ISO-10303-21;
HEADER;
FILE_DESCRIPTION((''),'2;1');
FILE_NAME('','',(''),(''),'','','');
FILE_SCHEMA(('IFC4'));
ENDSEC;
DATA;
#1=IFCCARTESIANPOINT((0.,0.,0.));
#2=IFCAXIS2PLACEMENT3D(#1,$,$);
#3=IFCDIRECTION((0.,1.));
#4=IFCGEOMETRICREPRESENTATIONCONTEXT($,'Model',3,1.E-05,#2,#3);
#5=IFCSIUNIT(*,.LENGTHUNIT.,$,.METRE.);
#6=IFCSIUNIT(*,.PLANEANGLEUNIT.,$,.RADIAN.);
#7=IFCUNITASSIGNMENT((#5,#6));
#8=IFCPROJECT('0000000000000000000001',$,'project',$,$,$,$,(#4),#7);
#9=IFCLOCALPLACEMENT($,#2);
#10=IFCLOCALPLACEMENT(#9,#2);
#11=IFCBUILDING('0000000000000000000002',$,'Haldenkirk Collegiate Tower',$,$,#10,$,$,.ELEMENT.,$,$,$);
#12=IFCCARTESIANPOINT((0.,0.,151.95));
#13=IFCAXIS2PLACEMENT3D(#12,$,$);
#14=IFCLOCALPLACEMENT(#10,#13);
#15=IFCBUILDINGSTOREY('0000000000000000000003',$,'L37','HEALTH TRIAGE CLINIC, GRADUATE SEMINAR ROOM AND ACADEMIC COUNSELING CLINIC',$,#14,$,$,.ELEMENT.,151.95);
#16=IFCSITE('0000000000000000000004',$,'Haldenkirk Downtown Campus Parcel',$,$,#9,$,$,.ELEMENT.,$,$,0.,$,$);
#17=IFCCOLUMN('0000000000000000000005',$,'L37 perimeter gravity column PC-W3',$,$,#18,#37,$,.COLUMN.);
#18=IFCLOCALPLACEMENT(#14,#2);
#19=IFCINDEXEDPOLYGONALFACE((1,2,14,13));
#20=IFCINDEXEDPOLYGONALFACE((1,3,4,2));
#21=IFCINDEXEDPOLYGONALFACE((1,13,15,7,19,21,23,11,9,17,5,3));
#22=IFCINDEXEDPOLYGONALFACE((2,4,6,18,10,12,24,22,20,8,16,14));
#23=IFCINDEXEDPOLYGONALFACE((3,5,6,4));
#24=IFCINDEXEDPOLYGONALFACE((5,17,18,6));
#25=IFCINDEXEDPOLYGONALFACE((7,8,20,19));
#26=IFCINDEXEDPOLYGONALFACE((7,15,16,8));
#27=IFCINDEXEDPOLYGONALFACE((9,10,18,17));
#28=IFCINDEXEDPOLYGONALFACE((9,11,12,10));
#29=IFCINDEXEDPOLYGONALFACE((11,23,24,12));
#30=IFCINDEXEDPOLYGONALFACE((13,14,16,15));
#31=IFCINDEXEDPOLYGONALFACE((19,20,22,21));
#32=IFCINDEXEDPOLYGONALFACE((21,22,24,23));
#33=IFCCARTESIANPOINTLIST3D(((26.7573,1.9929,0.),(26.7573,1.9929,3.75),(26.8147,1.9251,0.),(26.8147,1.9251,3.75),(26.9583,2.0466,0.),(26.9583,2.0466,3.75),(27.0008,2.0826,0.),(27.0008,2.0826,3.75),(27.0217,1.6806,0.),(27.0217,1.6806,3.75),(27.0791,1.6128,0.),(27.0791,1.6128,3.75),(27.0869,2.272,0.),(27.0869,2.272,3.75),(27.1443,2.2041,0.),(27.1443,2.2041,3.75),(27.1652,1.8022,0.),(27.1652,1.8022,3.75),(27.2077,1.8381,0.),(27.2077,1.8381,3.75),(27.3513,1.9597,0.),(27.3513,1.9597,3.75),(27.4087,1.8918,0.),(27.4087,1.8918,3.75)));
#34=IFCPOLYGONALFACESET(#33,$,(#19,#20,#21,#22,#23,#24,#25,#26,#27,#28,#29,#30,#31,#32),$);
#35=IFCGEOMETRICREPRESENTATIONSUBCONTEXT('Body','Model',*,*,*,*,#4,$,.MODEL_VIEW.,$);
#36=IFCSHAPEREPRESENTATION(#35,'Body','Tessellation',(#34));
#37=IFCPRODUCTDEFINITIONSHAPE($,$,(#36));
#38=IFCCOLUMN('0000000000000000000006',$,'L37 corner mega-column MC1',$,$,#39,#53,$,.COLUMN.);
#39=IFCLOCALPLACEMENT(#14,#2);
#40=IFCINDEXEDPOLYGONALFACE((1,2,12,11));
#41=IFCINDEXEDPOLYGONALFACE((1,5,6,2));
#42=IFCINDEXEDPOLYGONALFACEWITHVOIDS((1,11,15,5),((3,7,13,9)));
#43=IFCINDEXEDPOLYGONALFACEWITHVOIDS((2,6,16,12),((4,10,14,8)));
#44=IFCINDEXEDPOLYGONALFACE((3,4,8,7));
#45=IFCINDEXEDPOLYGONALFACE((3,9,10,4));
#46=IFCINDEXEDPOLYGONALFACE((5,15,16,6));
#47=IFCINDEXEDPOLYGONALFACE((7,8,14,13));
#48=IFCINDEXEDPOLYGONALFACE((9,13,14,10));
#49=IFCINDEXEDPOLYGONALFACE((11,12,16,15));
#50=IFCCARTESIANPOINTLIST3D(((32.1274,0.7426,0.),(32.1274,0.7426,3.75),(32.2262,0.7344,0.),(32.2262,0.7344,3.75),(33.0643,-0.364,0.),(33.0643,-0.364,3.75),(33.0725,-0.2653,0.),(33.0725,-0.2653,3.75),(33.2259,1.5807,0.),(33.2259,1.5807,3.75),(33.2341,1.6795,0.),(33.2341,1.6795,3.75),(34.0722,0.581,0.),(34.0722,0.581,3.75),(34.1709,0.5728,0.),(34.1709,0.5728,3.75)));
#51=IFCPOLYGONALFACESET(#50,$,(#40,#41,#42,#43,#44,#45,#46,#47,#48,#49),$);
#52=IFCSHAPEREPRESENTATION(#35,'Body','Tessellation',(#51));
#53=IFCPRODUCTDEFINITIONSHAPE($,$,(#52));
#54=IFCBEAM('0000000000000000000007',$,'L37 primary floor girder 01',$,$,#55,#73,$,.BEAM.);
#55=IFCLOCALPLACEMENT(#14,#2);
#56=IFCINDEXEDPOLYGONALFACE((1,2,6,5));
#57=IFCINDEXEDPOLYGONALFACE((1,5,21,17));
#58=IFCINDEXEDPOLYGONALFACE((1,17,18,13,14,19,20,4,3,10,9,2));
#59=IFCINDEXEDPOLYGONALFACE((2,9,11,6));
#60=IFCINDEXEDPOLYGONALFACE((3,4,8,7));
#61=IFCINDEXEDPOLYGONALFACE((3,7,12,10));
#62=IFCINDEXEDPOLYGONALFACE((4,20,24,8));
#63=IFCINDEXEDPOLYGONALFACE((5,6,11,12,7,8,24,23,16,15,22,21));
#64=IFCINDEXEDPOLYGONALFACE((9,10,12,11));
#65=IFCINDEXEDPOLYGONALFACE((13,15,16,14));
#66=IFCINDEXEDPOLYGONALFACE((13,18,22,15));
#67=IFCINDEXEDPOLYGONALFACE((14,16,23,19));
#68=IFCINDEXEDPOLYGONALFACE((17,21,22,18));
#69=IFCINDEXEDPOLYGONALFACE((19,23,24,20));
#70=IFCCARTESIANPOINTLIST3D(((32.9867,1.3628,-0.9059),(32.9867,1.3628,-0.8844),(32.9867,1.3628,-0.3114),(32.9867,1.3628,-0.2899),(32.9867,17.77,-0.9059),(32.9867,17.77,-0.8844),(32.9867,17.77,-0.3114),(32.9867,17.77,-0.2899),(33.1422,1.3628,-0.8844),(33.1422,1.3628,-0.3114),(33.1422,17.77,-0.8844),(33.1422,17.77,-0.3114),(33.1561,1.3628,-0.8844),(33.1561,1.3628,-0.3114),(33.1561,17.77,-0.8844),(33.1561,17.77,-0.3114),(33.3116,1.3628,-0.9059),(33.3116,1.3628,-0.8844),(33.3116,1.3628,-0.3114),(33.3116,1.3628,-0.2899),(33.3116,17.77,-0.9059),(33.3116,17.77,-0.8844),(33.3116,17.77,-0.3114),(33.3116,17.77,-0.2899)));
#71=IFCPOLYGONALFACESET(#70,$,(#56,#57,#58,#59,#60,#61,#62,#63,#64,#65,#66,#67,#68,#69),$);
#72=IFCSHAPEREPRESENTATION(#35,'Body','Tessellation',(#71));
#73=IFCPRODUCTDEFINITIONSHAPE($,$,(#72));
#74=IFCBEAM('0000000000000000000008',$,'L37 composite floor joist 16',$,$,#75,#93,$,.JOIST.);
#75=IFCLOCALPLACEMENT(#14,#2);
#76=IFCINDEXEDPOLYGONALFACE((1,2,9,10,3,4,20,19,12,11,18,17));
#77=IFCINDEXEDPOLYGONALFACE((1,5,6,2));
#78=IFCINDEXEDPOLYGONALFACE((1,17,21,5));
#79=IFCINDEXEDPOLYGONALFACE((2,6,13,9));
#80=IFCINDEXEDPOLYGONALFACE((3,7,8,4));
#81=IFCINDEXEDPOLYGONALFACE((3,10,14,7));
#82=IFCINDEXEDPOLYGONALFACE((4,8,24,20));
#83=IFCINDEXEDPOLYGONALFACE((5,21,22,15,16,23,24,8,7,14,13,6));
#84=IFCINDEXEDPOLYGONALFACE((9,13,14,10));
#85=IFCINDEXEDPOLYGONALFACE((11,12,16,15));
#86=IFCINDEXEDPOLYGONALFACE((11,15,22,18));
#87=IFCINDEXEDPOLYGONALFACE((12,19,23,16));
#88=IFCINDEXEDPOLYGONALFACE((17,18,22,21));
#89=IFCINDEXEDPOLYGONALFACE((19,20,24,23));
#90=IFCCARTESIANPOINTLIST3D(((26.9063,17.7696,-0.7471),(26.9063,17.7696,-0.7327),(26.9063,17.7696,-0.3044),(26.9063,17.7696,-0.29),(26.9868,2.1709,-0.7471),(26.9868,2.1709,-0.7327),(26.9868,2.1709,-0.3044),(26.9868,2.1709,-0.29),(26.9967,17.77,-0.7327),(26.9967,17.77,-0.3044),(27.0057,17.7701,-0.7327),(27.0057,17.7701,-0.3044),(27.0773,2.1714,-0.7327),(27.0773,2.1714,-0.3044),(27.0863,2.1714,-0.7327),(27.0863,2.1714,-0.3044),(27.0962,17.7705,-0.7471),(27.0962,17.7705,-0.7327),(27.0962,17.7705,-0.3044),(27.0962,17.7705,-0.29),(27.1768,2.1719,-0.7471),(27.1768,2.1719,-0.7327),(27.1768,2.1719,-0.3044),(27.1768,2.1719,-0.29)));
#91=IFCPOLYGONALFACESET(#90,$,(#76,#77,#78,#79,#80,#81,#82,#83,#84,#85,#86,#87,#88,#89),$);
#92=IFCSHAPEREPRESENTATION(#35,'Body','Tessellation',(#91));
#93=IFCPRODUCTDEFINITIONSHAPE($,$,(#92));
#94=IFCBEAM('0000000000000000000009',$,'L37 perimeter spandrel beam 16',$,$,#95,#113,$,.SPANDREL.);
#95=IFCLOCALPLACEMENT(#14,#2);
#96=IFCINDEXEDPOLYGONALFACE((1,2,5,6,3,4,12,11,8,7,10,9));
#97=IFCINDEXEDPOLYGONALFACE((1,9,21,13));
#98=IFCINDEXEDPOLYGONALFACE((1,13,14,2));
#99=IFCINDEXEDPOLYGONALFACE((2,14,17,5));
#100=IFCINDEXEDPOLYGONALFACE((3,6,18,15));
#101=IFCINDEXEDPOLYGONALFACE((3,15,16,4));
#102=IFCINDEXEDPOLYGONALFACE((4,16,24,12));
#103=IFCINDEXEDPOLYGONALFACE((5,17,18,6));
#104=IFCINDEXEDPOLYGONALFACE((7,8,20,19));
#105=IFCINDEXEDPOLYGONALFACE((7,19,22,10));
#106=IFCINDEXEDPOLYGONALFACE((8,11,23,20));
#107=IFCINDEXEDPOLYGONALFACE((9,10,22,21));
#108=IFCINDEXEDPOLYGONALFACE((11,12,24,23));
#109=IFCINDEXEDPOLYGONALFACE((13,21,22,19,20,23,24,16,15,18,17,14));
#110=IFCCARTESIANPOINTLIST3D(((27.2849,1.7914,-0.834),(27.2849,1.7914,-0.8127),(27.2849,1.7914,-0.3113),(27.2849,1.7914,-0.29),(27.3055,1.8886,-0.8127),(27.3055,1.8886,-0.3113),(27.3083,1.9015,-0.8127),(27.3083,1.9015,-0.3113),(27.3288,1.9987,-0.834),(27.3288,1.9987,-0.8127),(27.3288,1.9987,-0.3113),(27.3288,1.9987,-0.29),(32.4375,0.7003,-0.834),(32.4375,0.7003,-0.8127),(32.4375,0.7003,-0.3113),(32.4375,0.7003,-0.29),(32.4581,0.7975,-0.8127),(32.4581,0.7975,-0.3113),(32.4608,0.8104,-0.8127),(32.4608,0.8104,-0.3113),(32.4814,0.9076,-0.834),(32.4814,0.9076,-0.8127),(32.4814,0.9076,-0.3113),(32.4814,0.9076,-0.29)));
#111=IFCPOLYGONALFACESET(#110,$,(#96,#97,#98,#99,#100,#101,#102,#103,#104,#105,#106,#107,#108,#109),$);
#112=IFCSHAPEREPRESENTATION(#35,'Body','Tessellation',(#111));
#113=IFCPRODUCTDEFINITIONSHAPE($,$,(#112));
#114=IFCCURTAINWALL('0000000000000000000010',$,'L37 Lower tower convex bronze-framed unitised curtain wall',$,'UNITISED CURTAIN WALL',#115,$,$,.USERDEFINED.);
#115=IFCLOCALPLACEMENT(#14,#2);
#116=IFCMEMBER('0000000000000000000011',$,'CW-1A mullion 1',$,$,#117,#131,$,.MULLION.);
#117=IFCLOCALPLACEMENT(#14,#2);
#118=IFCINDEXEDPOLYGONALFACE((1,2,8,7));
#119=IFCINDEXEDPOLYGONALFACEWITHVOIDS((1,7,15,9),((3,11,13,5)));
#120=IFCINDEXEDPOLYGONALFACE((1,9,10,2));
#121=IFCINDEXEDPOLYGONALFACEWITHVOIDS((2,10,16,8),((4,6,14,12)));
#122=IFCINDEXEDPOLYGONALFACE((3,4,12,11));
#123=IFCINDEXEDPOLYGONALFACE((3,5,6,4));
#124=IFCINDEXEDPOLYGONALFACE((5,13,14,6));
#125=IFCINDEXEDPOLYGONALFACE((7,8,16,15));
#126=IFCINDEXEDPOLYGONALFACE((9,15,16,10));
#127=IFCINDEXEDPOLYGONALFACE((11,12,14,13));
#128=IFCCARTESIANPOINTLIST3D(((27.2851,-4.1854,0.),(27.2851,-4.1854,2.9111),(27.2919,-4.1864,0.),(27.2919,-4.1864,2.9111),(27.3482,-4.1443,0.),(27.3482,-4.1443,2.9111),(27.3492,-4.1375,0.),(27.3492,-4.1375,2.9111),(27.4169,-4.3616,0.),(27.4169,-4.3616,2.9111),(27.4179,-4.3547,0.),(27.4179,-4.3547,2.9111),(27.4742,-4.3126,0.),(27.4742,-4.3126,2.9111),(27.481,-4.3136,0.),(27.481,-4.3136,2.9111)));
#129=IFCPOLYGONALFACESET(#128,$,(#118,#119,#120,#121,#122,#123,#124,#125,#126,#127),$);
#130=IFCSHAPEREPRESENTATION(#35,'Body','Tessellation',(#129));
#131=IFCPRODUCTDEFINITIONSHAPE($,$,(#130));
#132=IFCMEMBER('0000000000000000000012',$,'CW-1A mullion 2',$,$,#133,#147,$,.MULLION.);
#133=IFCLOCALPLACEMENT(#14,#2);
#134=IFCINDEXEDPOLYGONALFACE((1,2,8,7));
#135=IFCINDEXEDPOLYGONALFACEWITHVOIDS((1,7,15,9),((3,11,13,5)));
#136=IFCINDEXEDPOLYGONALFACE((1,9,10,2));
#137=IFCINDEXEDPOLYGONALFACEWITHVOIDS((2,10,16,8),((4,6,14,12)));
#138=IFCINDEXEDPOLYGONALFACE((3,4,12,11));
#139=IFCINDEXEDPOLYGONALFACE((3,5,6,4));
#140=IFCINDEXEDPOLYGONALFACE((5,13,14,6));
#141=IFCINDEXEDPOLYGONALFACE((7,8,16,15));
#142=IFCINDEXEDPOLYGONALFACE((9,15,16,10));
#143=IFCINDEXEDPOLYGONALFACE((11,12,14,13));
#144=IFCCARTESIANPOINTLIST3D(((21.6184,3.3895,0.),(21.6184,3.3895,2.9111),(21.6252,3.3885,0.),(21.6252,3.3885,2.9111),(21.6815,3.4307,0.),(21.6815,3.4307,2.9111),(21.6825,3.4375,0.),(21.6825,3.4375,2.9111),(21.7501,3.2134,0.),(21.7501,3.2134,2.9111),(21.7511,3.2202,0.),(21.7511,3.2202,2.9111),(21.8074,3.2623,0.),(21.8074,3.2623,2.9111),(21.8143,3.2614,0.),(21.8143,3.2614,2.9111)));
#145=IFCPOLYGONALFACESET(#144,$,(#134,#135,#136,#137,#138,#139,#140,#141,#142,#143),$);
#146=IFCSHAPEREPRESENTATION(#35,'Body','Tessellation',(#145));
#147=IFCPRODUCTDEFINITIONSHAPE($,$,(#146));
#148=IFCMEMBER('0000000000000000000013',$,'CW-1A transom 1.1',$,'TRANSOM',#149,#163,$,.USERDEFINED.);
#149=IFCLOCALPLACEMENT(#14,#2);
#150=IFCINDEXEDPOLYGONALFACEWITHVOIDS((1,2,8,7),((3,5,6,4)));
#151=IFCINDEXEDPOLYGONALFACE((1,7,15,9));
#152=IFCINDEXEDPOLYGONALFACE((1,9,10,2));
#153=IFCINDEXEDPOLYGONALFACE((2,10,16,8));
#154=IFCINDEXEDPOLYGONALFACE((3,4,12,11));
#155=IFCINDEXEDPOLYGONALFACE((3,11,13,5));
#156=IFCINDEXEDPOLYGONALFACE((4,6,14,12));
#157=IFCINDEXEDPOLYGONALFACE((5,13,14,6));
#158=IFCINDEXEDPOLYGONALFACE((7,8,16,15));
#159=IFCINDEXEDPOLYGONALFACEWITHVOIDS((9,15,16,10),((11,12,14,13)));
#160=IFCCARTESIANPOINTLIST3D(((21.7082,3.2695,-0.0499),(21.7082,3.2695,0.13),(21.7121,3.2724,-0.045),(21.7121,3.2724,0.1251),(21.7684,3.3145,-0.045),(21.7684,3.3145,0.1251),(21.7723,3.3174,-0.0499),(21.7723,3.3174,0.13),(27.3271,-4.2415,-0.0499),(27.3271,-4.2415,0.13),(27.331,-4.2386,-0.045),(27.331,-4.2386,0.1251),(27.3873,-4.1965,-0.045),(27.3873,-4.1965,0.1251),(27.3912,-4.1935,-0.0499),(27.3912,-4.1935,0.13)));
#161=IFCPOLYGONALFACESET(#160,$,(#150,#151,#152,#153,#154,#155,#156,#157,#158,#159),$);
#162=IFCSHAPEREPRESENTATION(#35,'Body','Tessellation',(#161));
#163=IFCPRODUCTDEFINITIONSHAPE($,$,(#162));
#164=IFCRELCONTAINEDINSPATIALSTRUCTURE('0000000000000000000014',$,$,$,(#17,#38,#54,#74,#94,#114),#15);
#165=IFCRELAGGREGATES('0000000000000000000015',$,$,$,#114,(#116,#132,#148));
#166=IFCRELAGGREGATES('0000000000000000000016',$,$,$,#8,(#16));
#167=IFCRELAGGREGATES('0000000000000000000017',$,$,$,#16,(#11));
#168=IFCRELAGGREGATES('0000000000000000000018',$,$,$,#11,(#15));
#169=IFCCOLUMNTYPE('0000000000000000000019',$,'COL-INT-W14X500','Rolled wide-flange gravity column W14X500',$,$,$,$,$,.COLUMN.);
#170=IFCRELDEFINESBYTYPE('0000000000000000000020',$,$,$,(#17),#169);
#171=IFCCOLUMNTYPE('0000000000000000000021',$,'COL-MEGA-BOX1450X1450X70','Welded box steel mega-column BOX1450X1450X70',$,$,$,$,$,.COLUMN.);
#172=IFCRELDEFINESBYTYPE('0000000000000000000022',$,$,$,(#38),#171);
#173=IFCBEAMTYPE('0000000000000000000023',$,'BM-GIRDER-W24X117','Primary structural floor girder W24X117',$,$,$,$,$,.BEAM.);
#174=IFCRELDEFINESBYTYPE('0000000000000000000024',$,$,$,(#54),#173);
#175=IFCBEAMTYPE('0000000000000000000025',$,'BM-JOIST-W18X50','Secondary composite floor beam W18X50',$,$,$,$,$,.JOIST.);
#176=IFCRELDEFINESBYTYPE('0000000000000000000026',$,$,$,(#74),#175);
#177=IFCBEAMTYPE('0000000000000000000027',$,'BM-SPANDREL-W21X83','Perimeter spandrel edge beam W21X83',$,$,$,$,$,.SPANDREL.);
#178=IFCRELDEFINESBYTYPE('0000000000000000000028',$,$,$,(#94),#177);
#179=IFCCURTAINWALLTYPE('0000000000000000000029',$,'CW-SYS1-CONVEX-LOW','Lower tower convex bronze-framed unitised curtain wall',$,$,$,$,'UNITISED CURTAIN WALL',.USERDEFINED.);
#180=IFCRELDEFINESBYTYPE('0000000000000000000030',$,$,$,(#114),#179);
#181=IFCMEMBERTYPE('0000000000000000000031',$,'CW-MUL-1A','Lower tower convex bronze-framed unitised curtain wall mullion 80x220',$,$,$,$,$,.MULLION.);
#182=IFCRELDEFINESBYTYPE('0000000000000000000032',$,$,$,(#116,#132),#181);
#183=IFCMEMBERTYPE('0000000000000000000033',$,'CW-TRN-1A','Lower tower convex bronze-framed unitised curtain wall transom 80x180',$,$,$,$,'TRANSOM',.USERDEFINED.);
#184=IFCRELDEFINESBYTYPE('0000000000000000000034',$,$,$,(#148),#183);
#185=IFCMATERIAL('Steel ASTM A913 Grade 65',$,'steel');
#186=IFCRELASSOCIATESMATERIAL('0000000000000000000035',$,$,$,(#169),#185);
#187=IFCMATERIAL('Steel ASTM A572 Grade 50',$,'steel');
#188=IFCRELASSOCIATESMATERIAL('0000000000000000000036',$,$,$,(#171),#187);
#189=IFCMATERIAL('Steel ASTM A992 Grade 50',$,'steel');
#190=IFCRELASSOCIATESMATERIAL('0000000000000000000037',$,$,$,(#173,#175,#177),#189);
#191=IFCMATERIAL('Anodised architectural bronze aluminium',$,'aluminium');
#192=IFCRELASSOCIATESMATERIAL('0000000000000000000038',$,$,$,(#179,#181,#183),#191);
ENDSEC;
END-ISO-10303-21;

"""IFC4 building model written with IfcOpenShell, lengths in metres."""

from ifc_helpers import new_model, si_unit, direction, frame, origin, origin_2d, place, context, subcontext, project, spatial, hollow_rectangle, i_section, extrude, material, material_profile, profile_set, type_object, element, aggregate, save


model = new_model("IFC4")

# Units and contexts
model_context = context("Model", 3, precision=1e-05, world=origin(), true_north=direction((0.0, 1.0)))
body_context = subcontext(model_context, "Body", "Model", "MODEL_VIEW")
ifc_project = project(units=[si_unit("LENGTHUNIT", "METRE"), si_unit("PLANEANGLEUNIT", "RADIAN")], contexts=[model_context])

# Site, building, storey
site_placement = place(None, origin())
site = spatial("IfcSite", under=ifc_project, at=site_placement, Name="Haldenkirk Downtown Campus Parcel", CompositionType="ELEMENT", RefElevation=0.0)
building_placement = place(site_placement, origin())
building = spatial("IfcBuilding", under=site, at=building_placement, Name="Haldenkirk Collegiate Tower", CompositionType="ELEMENT")
storey_placement = place(building_placement, frame((0.0, 0.0, 151.95)))
storey = spatial("IfcBuildingStorey", under=building, at=storey_placement, Name="L37", Description="HEALTH TRIAGE CLINIC, GRADUATE SEMINAR ROOM AND ACADEMIC COUNSELING CLINIC", CompositionType="ELEMENT", Elevation=151.95)

# Columns
ifc_material_1 = material(Name="Steel ASTM A913 Grade 65", Category="steel")
ifc_material_profile_1 = material_profile(ifc_material_1, i_section(OverallWidth=0.4319, OverallDepth=0.498, WebThickness=0.0557, FlangeThickness=0.0889, at=origin_2d()), Name="W14X500")
ifc_profile_set_1 = profile_set([ifc_material_profile_1], Name="Steel ASTM A913 Grade 65")
column_type_1 = type_object("IfcColumnType", Name="COL-INT-W14X500", Description="Rolled wide-flange gravity column W14X500", PredefinedType="COLUMN", material=ifc_profile_set_1)
column_1_placement = place(storey_placement, frame((27.083, 1.9424, 0.0), z_axis=(0.0, 0.0, 1.0), x_axis=(0.763232, 0.646124, 0.0)))
element("IfcColumn", 1, at=column_1_placement, inside=storey, type_object=column_type_1, Name="L37 perimeter gravity column PC-W3", PredefinedType="COLUMN", context=body_context, shape_type="SweptSolid", body=[
    extrude(i_section(OverallWidth=0.4319, OverallDepth=0.498, WebThickness=0.0557, FlangeThickness=0.0889, at=origin_2d()), origin(), (0.0, 0.0, 1.0), 3.75),
])
ifc_material_2 = material(Name="Steel ASTM A572 Grade 50", Category="steel")
ifc_material_profile_2 = material_profile(ifc_material_2, hollow_rectangle(XDim=1.45, YDim=1.45, WallThickness=0.0701, at=origin_2d()), Name="BOX1450X1450X70")
ifc_profile_set_2 = profile_set([ifc_material_profile_2], Name="Steel ASTM A572 Grade 50")
column_type_2 = type_object("IfcColumnType", Name="COL-MEGA-BOX1450X1450X70", Description="Welded box steel mega-column BOX1450X1450X70", PredefinedType="COLUMN", material=ifc_profile_set_2)
column_2_placement = place(storey_placement, frame((33.1492, 0.6577, 0.0), z_axis=(0.0, 0.0, 1.0), x_axis=(0.763232, 0.646124, 0.0)))
element("IfcColumn", 2, at=column_2_placement, inside=storey, type_object=column_type_2, Name="L37 corner mega-column MC1", PredefinedType="COLUMN", context=body_context, shape_type="SweptSolid", body=[
    extrude(hollow_rectangle(XDim=1.45, YDim=1.45, WallThickness=0.0701, at=origin_2d()), origin(), (0.0, 0.0, 1.0), 3.75),
])

# Beams
ifc_material_3 = material(Name="Steel ASTM A992 Grade 50", Category="steel")
ifc_material_profile_3 = material_profile(ifc_material_3, i_section(OverallWidth=0.325, OverallDepth=0.616, WebThickness=0.0139, FlangeThickness=0.0215, at=origin_2d()), Name="W24X117")
ifc_profile_set_3 = profile_set([ifc_material_profile_3], Name="Steel ASTM A992 Grade 50")
beam_type_1 = type_object("IfcBeamType", Name="BM-GIRDER-W24X117", Description="Primary structural floor girder W24X117", PredefinedType="BEAM", material=ifc_profile_set_3)
beam_1_placement = place(storey_placement, frame((33.1492, 1.3628, -0.5979), z_axis=(0.0, 1.0, 0.0), x_axis=(-1.0, 0.0, 0.0)))
element("IfcBeam", 3, at=beam_1_placement, inside=storey, type_object=beam_type_1, Name="L37 primary floor girder 01", PredefinedType="BEAM", context=body_context, shape_type="SweptSolid", body=[
    extrude(i_section(OverallWidth=0.325, OverallDepth=0.616, WebThickness=0.0139, FlangeThickness=0.0215, at=origin_2d()), origin(), (0.0, 0.0, 1.0), 16.4072),
])
ifc_material_profile_4 = material_profile(ifc_material_3, i_section(OverallWidth=0.1899, OverallDepth=0.457, WebThickness=0.009, FlangeThickness=0.0144, at=origin_2d()), Name="W18X50")
ifc_profile_set_4 = profile_set([ifc_material_profile_4], Name="Steel ASTM A992 Grade 50")
beam_type_2 = type_object("IfcBeamType", Name="BM-JOIST-W18X50", Description="Secondary composite floor beam W18X50", PredefinedType="JOIST", material=ifc_profile_set_4)
beam_2_placement = place(storey_placement, frame((27.0818, 2.1714, -0.5186), z_axis=(-0.005165, 0.999987, 0.0), x_axis=(-0.999987, -0.005165, 0.0)))
element("IfcBeam", 4, at=beam_2_placement, inside=storey, type_object=beam_type_2, Name="L37 composite floor joist 16", PredefinedType="JOIST", context=body_context, shape_type="SweptSolid", body=[
    extrude(i_section(OverallWidth=0.1899, OverallDepth=0.457, WebThickness=0.009, FlangeThickness=0.0144, at=origin_2d()), origin(), (0.0, 0.0, 1.0), 15.5989),
])
ifc_material_profile_5 = material_profile(ifc_material_3, i_section(OverallWidth=0.2119, OverallDepth=0.5439, WebThickness=0.0132, FlangeThickness=0.0212, at=origin_2d()), Name="W21X83")
ifc_profile_set_5 = profile_set([ifc_material_profile_5], Name="Steel ASTM A992 Grade 50")
beam_type_3 = type_object("IfcBeamType", Name="BM-SPANDREL-W21X83", Description="Perimeter spandrel edge beam W21X83", PredefinedType="SPANDREL", material=ifc_profile_set_5)
beam_3_placement = place(storey_placement, frame((27.3069, 1.895, -0.562), z_axis=(0.978308, -0.207157, 0.0), x_axis=(0.207157, 0.978308, 0.0)))
element("IfcBeam", 5, at=beam_3_placement, inside=storey, type_object=beam_type_3, Name="L37 perimeter spandrel beam 16", PredefinedType="SPANDREL", context=body_context, shape_type="SweptSolid", body=[
    extrude(i_section(OverallWidth=0.2119, OverallDepth=0.5439, WebThickness=0.0132, FlangeThickness=0.0212, at=origin_2d()), origin(), (0.0, 0.0, 1.0), 5.2668),
])

# Curtain wall, members
ifc_material_4 = material(Name="Anodised architectural bronze aluminium", Category="aluminium")
curtain_wall_type = type_object("IfcCurtainWallType", Name="CW-SYS1-CONVEX-LOW", Description="Lower tower convex bronze-framed unitised curtain wall", ElementType="UNITISED CURTAIN WALL", PredefinedType="USERDEFINED", material=ifc_material_4)
curtain_wall_placement = place(storey_placement, origin())
curtain_wall = element("IfcCurtainWall", 6, at=curtain_wall_placement, inside=storey, type_object=curtain_wall_type, Name="L37 Lower tower convex bronze-framed unitised curtain wall", ObjectType="UNITISED CURTAIN WALL", PredefinedType="USERDEFINED")
ifc_material_profile_6 = material_profile(ifc_material_4, hollow_rectangle(XDim=0.0801, YDim=0.22, WallThickness=0.0049, at=origin_2d()), Name="CW-MUL-1A")
ifc_profile_set_6 = profile_set([ifc_material_profile_6], Name="Anodised architectural bronze aluminium")
member_type_1 = type_object("IfcMemberType", Name="CW-MUL-1A", Description="Lower tower convex bronze-framed unitised curtain wall mullion 80x220", PredefinedType="MULLION", material=ifc_profile_set_6)
member_1_placement = place(storey_placement, frame((27.3831, -4.2495, 0.0), z_axis=(0.0, 0.0, 1.0), x_axis=(-0.80073, -0.599025, 0.0)))
member_1 = element("IfcMember", 7, at=member_1_placement, type_object=member_type_1, Name="CW-1A mullion 1", PredefinedType="MULLION", context=body_context, shape_type="SweptSolid", body=[
    extrude(hollow_rectangle(XDim=0.0801, YDim=0.22, WallThickness=0.0049, at=origin_2d()), origin(), (0.0, 0.0, 1.0), 2.9111),
])
member_2_placement = place(storey_placement, frame((21.7163, 3.3254, 0.0), z_axis=(0.0, 0.0, 1.0), x_axis=(-0.80073, -0.599025, 0.0)))
member_2 = element("IfcMember", 8, at=member_2_placement, type_object=member_type_1, Name="CW-1A mullion 2", PredefinedType="MULLION", context=body_context, shape_type="SweptSolid", body=[
    extrude(hollow_rectangle(XDim=0.0801, YDim=0.22, WallThickness=0.0049, at=origin_2d()), origin(), (0.0, 0.0, 1.0), 2.9111),
])
ifc_material_profile_7 = material_profile(ifc_material_4, hollow_rectangle(XDim=0.0801, YDim=0.1799, WallThickness=0.0049, at=origin_2d()), Name="CW-TRN-1A")
ifc_profile_set_7 = profile_set([ifc_material_profile_7], Name="Anodised architectural bronze aluminium")
member_type_2 = type_object("IfcMemberType", Name="CW-TRN-1A", Description="Lower tower convex bronze-framed unitised curtain wall transom 80x180", ElementType="TRANSOM", PredefinedType="USERDEFINED", material=ifc_profile_set_7)
member_3_placement = place(storey_placement, frame((27.3591, -4.2175, 0.04), z_axis=(-0.599021, 0.800733, 0.0), x_axis=(-0.800733, -0.599021, 0.0)))
member_3 = element("IfcMember", 9, at=member_3_placement, type_object=member_type_2, Name="CW-1A transom 1.1", ObjectType="TRANSOM", PredefinedType="USERDEFINED", context=body_context, shape_type="SweptSolid", body=[
    extrude(hollow_rectangle(XDim=0.0801, YDim=0.1799, WallThickness=0.0049, at=origin_2d()), origin(), (0.0, 0.0, 1.0), 9.3801),
])
aggregate(curtain_wall, [member_1, member_2, member_3])

save(model, "model.ifc")
